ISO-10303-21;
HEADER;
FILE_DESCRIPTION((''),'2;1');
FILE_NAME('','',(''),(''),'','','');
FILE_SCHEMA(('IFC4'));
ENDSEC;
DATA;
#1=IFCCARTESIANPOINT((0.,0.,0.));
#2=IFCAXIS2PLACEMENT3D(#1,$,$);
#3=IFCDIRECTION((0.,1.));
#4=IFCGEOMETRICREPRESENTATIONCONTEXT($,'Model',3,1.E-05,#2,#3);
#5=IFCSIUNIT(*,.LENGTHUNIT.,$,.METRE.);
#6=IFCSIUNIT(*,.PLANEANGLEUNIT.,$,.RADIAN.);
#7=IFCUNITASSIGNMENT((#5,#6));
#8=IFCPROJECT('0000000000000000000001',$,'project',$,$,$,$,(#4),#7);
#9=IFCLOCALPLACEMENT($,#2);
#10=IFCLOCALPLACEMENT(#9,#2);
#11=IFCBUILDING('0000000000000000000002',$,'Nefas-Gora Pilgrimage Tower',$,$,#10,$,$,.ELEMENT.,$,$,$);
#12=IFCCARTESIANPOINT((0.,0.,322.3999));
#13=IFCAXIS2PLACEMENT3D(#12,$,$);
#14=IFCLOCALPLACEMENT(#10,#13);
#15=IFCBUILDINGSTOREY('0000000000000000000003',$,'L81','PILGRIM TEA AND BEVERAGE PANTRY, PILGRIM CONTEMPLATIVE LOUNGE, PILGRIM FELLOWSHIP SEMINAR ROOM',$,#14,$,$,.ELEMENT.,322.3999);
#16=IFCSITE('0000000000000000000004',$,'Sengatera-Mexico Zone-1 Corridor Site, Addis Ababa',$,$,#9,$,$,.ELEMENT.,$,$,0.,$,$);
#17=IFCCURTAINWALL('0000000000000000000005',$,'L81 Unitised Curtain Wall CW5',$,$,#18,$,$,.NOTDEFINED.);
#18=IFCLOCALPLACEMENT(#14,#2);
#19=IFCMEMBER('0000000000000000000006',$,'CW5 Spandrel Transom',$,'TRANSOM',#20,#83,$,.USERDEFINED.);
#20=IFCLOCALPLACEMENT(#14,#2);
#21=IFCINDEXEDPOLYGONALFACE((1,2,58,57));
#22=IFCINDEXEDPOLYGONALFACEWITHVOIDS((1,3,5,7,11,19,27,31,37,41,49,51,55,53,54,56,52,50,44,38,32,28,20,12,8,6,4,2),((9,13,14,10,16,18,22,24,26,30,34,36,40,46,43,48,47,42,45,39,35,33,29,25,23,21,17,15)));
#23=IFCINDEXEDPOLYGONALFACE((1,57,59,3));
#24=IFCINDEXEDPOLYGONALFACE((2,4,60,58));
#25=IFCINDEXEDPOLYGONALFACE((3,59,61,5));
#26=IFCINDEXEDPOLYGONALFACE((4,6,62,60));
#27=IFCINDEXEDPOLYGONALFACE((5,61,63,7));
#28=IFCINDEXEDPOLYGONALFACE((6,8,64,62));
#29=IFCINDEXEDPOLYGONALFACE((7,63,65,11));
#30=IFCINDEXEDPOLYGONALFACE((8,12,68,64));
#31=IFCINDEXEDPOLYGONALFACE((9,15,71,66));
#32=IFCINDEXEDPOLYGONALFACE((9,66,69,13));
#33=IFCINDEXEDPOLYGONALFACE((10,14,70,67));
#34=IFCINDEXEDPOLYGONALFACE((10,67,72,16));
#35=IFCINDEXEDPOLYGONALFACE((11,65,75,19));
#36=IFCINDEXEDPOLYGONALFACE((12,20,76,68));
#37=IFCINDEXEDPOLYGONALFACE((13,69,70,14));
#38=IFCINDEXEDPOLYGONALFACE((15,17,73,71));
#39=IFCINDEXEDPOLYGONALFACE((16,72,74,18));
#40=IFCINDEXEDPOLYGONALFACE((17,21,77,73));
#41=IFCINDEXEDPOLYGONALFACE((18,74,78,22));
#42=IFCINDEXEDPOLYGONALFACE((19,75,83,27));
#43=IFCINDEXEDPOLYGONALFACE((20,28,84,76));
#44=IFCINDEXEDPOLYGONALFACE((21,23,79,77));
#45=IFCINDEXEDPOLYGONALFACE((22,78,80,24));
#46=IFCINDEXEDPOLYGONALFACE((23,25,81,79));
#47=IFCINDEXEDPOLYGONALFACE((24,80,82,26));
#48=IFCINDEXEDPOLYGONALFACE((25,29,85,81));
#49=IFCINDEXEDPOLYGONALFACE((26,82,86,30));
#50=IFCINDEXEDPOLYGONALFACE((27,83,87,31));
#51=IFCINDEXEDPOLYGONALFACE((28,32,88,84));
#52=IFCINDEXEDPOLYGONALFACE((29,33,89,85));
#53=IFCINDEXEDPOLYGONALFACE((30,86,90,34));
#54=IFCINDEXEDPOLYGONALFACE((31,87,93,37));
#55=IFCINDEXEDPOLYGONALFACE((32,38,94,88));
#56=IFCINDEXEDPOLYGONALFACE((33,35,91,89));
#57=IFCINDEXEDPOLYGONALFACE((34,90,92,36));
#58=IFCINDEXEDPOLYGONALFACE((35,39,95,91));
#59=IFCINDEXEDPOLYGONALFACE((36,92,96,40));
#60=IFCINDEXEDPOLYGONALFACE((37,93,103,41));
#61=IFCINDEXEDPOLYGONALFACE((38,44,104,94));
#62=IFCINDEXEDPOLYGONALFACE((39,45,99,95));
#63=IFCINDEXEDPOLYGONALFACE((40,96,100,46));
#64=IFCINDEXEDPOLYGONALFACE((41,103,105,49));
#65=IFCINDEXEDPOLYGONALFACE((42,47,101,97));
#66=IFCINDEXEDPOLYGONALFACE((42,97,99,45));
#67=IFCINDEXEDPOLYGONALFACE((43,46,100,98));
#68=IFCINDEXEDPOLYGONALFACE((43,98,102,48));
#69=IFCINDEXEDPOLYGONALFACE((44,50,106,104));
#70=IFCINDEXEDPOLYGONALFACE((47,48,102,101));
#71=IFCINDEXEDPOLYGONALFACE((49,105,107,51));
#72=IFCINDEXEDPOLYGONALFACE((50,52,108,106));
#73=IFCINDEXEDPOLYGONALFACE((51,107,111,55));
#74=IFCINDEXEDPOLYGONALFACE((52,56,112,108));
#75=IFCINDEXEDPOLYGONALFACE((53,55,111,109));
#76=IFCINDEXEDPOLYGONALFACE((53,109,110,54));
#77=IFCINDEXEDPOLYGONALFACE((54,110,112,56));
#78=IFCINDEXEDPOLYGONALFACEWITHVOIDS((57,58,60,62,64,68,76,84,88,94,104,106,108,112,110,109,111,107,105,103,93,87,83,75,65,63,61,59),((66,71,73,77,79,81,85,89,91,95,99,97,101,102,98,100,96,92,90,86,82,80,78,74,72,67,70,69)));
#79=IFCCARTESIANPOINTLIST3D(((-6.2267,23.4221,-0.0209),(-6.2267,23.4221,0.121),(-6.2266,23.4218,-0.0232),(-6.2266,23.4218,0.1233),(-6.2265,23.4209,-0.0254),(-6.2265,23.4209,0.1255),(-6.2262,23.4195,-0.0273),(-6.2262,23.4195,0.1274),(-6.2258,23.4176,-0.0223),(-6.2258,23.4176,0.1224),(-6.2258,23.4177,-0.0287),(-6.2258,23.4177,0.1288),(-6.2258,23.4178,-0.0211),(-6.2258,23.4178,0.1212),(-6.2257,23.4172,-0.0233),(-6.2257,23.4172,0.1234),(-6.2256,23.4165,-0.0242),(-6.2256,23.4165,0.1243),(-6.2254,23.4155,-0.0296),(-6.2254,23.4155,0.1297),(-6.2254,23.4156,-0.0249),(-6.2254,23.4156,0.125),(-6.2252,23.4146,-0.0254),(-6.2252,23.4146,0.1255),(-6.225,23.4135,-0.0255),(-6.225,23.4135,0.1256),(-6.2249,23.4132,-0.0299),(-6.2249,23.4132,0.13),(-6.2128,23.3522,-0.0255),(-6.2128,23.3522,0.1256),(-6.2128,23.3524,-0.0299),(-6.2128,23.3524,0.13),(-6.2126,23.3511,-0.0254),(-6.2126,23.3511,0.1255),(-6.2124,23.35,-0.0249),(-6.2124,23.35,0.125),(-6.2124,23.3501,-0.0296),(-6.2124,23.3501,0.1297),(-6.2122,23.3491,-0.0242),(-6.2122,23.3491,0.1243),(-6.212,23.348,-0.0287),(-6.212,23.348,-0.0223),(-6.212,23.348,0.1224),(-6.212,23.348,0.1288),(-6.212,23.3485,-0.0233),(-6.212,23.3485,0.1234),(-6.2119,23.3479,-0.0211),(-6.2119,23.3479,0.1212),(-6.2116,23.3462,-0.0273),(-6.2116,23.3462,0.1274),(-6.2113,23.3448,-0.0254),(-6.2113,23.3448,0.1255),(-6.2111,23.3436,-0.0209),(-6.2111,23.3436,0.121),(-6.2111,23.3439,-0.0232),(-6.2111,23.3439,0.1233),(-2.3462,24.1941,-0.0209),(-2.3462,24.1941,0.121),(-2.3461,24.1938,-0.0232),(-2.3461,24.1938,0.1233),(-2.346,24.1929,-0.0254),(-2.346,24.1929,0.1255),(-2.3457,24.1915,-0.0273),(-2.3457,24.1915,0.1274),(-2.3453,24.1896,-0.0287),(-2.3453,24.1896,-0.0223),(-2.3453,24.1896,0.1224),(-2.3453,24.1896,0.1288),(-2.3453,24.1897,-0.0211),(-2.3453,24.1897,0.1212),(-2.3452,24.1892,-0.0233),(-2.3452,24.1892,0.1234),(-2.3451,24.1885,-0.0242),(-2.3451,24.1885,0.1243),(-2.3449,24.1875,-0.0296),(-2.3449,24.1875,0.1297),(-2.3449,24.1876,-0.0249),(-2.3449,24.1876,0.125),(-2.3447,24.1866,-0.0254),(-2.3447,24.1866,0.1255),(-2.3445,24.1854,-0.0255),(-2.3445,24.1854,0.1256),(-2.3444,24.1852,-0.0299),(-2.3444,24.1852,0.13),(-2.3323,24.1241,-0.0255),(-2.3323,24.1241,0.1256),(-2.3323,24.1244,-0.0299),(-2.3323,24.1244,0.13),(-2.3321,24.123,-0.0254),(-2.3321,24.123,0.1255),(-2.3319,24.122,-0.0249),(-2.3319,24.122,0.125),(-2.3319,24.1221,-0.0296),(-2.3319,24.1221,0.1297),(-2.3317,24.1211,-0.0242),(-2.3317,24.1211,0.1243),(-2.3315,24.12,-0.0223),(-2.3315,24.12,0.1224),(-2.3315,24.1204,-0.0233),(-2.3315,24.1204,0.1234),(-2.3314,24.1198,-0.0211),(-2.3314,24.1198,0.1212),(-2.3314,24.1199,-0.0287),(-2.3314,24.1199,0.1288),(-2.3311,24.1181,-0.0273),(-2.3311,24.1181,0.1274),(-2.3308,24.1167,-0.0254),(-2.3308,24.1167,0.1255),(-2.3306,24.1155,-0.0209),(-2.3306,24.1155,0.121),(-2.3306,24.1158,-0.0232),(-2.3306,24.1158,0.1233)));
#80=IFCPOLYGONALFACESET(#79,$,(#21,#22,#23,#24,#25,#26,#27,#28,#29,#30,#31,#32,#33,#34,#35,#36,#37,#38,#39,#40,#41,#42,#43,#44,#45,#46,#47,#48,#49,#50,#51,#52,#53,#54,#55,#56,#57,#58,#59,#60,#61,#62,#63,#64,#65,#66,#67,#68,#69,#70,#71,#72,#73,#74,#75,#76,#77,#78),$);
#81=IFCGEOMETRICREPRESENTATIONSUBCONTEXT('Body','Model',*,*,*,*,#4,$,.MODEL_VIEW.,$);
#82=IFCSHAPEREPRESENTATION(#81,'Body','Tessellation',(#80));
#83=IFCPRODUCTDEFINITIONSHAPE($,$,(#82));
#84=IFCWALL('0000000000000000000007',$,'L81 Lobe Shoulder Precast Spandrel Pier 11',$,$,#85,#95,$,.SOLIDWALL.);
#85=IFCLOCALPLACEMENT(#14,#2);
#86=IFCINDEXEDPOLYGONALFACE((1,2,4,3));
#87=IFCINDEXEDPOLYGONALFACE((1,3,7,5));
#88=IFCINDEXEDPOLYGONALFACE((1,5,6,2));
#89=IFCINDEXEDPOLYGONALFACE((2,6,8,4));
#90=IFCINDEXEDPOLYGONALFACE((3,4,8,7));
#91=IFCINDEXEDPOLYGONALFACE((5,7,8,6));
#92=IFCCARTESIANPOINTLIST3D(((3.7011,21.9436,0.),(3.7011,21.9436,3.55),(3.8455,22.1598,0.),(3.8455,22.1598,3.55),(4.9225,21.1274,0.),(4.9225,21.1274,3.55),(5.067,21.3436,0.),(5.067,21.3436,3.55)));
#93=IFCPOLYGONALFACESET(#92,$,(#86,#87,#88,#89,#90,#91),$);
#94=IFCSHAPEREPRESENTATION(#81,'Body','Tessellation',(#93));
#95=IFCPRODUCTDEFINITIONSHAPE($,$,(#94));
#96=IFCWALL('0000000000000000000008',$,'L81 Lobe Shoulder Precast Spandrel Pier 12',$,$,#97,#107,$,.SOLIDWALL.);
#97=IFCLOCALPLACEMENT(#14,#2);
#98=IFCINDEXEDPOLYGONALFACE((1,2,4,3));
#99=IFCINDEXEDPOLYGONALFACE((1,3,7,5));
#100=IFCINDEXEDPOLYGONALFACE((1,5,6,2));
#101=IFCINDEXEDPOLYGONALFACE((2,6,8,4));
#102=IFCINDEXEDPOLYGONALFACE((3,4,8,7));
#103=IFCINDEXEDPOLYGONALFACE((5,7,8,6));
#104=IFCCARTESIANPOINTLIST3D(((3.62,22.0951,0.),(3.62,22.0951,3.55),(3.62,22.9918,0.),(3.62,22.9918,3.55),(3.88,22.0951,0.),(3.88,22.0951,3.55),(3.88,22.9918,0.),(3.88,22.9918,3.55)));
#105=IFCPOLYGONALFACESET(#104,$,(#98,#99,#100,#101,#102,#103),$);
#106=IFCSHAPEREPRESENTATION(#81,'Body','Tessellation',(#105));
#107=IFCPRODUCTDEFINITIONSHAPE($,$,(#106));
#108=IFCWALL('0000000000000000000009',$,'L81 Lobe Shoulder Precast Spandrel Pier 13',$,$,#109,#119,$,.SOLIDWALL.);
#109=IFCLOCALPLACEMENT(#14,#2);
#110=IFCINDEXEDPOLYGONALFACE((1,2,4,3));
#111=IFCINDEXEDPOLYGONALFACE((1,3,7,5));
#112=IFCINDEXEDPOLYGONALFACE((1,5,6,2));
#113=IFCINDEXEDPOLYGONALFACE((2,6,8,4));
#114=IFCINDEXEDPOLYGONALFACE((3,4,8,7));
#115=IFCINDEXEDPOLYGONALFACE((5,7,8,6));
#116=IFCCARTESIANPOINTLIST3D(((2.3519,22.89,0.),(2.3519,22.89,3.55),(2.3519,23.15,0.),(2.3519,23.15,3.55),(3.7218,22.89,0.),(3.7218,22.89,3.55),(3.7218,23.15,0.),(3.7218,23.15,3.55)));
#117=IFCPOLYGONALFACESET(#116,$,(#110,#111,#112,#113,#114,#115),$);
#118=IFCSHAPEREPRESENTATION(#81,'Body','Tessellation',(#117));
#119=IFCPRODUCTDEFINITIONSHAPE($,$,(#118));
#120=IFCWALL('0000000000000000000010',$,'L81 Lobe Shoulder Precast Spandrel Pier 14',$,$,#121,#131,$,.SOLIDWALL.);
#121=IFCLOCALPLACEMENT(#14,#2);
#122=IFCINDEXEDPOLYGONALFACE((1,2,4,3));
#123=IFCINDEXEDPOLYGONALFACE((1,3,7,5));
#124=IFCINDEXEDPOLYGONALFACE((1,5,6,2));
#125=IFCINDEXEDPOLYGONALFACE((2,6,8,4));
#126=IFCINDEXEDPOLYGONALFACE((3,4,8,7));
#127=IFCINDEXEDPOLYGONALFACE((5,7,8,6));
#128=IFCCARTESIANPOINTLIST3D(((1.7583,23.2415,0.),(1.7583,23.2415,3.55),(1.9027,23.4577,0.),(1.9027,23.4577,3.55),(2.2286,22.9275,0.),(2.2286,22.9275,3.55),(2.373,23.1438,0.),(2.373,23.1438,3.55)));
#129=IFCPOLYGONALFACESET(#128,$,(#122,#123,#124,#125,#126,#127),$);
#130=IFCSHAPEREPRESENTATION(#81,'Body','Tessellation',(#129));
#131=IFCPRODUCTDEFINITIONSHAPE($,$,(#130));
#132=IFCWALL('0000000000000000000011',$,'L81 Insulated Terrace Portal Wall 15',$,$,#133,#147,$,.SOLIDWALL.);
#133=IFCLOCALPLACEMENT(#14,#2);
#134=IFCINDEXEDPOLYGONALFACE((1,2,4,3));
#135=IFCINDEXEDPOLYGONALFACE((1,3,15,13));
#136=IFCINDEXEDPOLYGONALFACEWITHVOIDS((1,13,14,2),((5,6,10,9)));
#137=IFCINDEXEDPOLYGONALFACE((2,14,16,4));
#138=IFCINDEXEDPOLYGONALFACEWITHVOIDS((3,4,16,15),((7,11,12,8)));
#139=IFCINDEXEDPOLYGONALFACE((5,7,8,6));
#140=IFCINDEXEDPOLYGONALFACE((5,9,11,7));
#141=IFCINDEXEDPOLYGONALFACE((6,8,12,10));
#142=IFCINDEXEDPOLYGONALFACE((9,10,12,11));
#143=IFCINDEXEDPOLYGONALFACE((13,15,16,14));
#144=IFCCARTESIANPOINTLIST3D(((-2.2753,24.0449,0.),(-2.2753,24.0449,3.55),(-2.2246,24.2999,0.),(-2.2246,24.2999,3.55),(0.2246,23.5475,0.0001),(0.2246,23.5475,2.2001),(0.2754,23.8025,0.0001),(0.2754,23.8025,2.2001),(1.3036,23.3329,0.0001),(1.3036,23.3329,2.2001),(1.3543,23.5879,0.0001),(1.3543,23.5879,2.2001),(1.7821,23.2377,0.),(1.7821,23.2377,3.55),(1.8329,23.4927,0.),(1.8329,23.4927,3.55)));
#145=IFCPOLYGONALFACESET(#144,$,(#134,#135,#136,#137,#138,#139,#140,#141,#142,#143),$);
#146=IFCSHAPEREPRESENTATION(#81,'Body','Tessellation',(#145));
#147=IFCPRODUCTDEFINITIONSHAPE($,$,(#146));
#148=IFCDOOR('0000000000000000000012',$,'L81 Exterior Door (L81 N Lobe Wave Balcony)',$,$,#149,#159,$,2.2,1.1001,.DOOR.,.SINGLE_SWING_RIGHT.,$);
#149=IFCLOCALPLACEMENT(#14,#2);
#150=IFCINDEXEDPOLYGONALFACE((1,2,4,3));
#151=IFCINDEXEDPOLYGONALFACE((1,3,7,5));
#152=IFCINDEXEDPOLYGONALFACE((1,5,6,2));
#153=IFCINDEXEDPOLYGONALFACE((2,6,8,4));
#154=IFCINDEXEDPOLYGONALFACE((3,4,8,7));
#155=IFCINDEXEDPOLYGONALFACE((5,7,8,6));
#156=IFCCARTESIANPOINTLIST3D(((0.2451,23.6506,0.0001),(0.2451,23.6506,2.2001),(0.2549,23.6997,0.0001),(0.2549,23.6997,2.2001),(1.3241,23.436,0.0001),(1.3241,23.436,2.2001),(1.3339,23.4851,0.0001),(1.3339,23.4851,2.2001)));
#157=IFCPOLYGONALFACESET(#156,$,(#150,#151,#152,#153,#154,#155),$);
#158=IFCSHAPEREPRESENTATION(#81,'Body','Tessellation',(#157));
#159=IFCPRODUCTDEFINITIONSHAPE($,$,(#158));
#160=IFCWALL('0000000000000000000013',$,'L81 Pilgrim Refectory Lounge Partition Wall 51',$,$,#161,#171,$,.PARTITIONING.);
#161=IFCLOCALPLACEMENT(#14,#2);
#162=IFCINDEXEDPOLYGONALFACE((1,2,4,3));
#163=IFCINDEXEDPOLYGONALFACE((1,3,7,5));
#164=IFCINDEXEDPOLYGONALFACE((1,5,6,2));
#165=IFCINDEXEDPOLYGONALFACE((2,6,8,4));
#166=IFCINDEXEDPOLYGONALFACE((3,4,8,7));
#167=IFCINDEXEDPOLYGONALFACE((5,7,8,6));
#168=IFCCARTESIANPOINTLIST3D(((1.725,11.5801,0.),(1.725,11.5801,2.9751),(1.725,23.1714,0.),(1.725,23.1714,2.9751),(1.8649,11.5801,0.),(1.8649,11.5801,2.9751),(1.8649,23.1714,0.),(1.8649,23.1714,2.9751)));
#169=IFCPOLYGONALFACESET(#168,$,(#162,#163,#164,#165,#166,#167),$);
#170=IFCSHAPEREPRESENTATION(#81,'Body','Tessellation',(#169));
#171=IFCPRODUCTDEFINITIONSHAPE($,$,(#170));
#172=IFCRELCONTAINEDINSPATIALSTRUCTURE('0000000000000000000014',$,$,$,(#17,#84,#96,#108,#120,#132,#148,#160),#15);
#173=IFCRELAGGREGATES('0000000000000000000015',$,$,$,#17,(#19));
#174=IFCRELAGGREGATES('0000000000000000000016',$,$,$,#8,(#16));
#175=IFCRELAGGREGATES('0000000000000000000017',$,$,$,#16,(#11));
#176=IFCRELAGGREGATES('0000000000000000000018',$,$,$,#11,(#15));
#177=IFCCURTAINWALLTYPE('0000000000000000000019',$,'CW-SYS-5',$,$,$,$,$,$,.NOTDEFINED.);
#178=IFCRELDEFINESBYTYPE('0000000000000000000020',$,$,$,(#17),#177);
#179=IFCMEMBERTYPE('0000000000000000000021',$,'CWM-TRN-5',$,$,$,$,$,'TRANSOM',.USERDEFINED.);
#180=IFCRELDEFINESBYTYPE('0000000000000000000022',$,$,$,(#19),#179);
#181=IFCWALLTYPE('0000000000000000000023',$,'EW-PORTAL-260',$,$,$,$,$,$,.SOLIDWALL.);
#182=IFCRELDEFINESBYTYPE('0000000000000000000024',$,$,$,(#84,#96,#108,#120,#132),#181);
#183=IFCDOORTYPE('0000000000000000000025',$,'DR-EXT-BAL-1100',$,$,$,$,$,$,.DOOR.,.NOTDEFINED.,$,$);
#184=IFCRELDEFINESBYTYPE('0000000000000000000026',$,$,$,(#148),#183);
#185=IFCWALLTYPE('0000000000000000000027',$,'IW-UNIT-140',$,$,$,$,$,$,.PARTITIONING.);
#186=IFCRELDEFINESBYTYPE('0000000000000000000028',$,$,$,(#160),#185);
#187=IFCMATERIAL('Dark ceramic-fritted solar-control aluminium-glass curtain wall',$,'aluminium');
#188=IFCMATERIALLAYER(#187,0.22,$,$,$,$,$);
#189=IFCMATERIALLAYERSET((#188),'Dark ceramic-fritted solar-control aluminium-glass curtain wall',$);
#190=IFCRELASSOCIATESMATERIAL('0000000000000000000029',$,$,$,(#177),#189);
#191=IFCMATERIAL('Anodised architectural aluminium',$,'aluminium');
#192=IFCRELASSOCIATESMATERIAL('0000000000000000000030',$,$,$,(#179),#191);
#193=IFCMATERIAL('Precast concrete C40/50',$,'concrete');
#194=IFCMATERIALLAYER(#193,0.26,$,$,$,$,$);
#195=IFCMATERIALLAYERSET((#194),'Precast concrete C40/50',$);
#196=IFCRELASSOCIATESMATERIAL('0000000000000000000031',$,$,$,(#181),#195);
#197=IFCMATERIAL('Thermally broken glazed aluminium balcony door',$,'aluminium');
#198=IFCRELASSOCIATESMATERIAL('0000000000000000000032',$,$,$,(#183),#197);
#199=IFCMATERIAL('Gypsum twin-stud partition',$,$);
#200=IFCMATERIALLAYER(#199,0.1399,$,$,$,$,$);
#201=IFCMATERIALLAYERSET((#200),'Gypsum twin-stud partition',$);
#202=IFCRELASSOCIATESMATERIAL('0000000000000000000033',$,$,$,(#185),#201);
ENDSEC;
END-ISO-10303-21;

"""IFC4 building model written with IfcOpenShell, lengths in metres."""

from ifc_helpers import new_model, si_unit, direction, frame, frame_2d, origin, origin_2d, place, context, subcontext, project, spatial, rectangle, hollow_rectangle, extrude, source, transform, mapped, material, layer, layer_set, material_profile, profile_set, type_object, element, fill, aggregate, save


model = new_model("IFC4")

# Units and contexts
model_context = context("Model", 3, precision=1e-05, world=origin(), true_north=direction((0.0, 1.0)))
body_context = subcontext(model_context, "Body", "Model", "MODEL_VIEW")
ifc_project = project(units=[si_unit("LENGTHUNIT", "METRE"), si_unit("PLANEANGLEUNIT", "RADIAN")], contexts=[model_context])

# Site, building, storey
site_placement = place(None, origin())
site = spatial("IfcSite", under=ifc_project, at=site_placement, Name="Sengatera-Mexico Zone-1 Corridor Site, Addis Ababa", CompositionType="ELEMENT", RefElevation=0.0)
building_placement = place(site_placement, origin())
building = spatial("IfcBuilding", under=site, at=building_placement, Name="Nefas-Gora Pilgrimage Tower", CompositionType="ELEMENT")
storey_placement = place(building_placement, frame((0.0, 0.0, 322.3999)))
storey = spatial("IfcBuildingStorey", under=building, at=storey_placement, Name="L81", Description="PILGRIM TEA AND BEVERAGE PANTRY, PILGRIM CONTEMPLATIVE LOUNGE, PILGRIM FELLOWSHIP SEMINAR ROOM", CompositionType="ELEMENT", Elevation=322.3999)

# Shared definitions
ifc_material_1 = material(Name="Dark ceramic-fritted solar-control aluminium-glass curtain wall", Category="aluminium")
ifc_layer_1 = layer(ifc_material_1, 0.22)
ifc_layer_set_1 = layer_set([ifc_layer_1], Name="Dark ceramic-fritted solar-control aluminium-glass curtain wall")
curtain_wall_type = type_object("IfcCurtainWallType", Name="CW-SYS-5", PredefinedType="NOTDEFINED", material=ifc_layer_set_1)
ifc_material_2 = material(Name="Anodised architectural aluminium", Category="aluminium")

# Curtain wall, member
curtain_wall_1_placement = place(storey_placement, origin())
curtain_wall_1 = element("IfcCurtainWall", 1, at=curtain_wall_1_placement, inside=storey, type_object=curtain_wall_type, Name="L81 Unitised Curtain Wall CW5", PredefinedType="NOTDEFINED")
ifc_material_profile_1 = material_profile(ifc_material_2, hollow_rectangle(XDim=0.0801, YDim=0.1599, WallThickness=0.0044, InnerFilletRadius=0.0044, OuterFilletRadius=0.009, at=origin_2d()), Name="ALU TRANSOM 80x160")
ifc_profile_set_1 = profile_set([ifc_material_profile_1], Name="Anodised architectural aluminium")
member_type_1 = type_object("IfcMemberType", Name="CWM-TRN-5", ElementType="TRANSOM", PredefinedType="USERDEFINED", material=ifc_profile_set_1)
shared_shape_1 = source(origin(), body_context, "Body", "SweptSolid", [
    extrude(hollow_rectangle(XDim=0.0801, YDim=0.1599, WallThickness=0.0044, InnerFilletRadius=0.0044, OuterFilletRadius=0.009, at=origin_2d()), origin(), (0.0, 0.0, 1.0), 3.9565),
])
member_1_placement = place(storey_placement, frame((-2.3384, 24.1548, 0.05), z_axis=(-0.980782, -0.195107, 0.0), x_axis=(0.195107, -0.980782, 0.0)))
member_1 = element("IfcMember", 2, at=member_1_placement, type_object=member_type_1, Name="CW5 Spandrel Transom", ObjectType="TRANSOM", PredefinedType="USERDEFINED", context=body_context, shape_type="MappedRepresentation", body=[
    mapped(shared_shape_1, transform((0.0, 0.0, 0.0), x_axis=(1.0, 0.0, 0.0), y_axis=(0.0, 1.0, 0.0), z_axis=(0.0, 0.0, 1.0), scale=1.0)),
])
aggregate(curtain_wall_1, [member_1])

# Walls
ifc_material_3 = material(Name="Precast concrete C40/50", Category="concrete")
ifc_layer_2 = layer(ifc_material_3, 0.26)
ifc_layer_set_2 = layer_set([ifc_layer_2], Name="Precast concrete C40/50")
wall_type_1 = type_object("IfcWallType", Name="EW-PORTAL-260", PredefinedType="SOLIDWALL", material=ifc_layer_set_2)
shared_shape_2 = source(origin(), body_context, "Body", "SweptSolid", [
    extrude(rectangle(XDim=1.469, YDim=0.26, at=frame_2d((0.7344, 0.0))), origin(), (0.0, 0.0, 1.0), 3.55),
])
wall_1_placement = place(storey_placement, frame((4.9946, 21.2356, 0.0), z_axis=(0.0, 0.0, 1.0), x_axis=(-0.831462, 0.555582, 0.0)))
element("IfcWall", 3, at=wall_1_placement, inside=storey, type_object=wall_type_1, Name="L81 Lobe Shoulder Precast Spandrel Pier 11", PredefinedType="SOLIDWALL", context=body_context, shape_type="MappedRepresentation", body=[
    mapped(shared_shape_2, transform((0.0, 0.0, 0.0), x_axis=(1.0, 0.0, 0.0), y_axis=(0.0, 1.0, 0.0), z_axis=(0.0, 0.0, 1.0), scale=1.0)),
])
shared_shape_3 = source(origin(), body_context, "Body", "SweptSolid", [
    extrude(rectangle(XDim=0.8967, YDim=0.26, at=frame_2d((0.4482, 0.0))), origin(), (0.0, 0.0, 1.0), 3.55),
])
wall_2_placement = place(storey_placement, frame((3.75, 22.0952, 0.0), z_axis=(0.0, 0.0, 1.0), x_axis=(0.0, 1.0, 0.0)))
element("IfcWall", 4, at=wall_2_placement, inside=storey, type_object=wall_type_1, Name="L81 Lobe Shoulder Precast Spandrel Pier 12", PredefinedType="SOLIDWALL", context=body_context, shape_type="MappedRepresentation", body=[
    mapped(shared_shape_3, transform((0.0, 0.0, 0.0), x_axis=(1.0, 0.0, 0.0), y_axis=(0.0, 1.0, 0.0), z_axis=(0.0, 0.0, 1.0), scale=1.0)),
])
shared_shape_4 = source(origin(), body_context, "Body", "SweptSolid", [
    extrude(rectangle(XDim=1.3699, YDim=0.26, at=frame_2d((0.6851, 0.0))), origin(), (0.0, 0.0, 1.0), 3.55),
])
wall_3_placement = place(storey_placement, frame((3.7219, 23.02, 0.0), z_axis=(0.0, 0.0, 1.0), x_axis=(-1.0, 0.0, 0.0)))
element("IfcWall", 5, at=wall_3_placement, inside=storey, type_object=wall_type_1, Name="L81 Lobe Shoulder Precast Spandrel Pier 13", PredefinedType="SOLIDWALL", context=body_context, shape_type="MappedRepresentation", body=[
    mapped(shared_shape_4, transform((0.0, 0.0, 0.0), x_axis=(1.0, 0.0, 0.0), y_axis=(0.0, 1.0, 0.0), z_axis=(0.0, 0.0, 1.0), scale=1.0)),
])
shared_shape_5 = source(origin(), body_context, "Body", "SweptSolid", [
    extrude(rectangle(XDim=0.5654, YDim=0.26, at=frame_2d((0.2827, 0.0))), origin(), (0.0, 0.0, 1.0), 3.55),
])
wall_4_placement = place(storey_placement, frame((2.3008, 23.0356, 0.0), z_axis=(0.0, 0.0, 1.0), x_axis=(-0.831651, 0.555298, 0.0)))
element("IfcWall", 6, at=wall_4_placement, inside=storey, type_object=wall_type_1, Name="L81 Lobe Shoulder Precast Spandrel Pier 14", PredefinedType="SOLIDWALL", context=body_context, shape_type="MappedRepresentation", body=[
    mapped(shared_shape_5, transform((0.0, 0.0, 0.0), x_axis=(1.0, 0.0, 0.0), y_axis=(0.0, 1.0, 0.0), z_axis=(0.0, 0.0, 1.0), scale=1.0)),
])

# Wall, opening, door
shared_shape_6 = source(origin(), body_context, "Body", "SweptSolid", [
    extrude(rectangle(XDim=4.137, YDim=0.26, at=frame_2d((2.0684, 0.0))), origin(), (0.0, 0.0, 1.0), 3.55),
])
wall_5_placement = place(storey_placement, frame((1.8074, 23.3652, 0.0), z_axis=(0.0, 0.0, 1.0), x_axis=(-0.980782, 0.195106, 0.0)))
wall_5 = element("IfcWall", 7, at=wall_5_placement, inside=storey, type_object=wall_type_1, Name="L81 Insulated Terrace Portal Wall 15", PredefinedType="SOLIDWALL", context=body_context, shape_type="MappedRepresentation", body=[
    mapped(shared_shape_6, transform((0.0, 0.0, 0.0), x_axis=(1.0, 0.0, 0.0), y_axis=(0.0, 1.0, 0.0), z_axis=(0.0, 0.0, 1.0), scale=1.0)),
])
opening_1_placement = place(wall_5_placement, frame((0.4878, 0.0, 0.0)))
opening_1 = element("IfcOpeningElement", 8, at=opening_1_placement, cuts=wall_5, PredefinedType="OPENING", context=body_context, shape_type="SweptSolid", body=[
    extrude(rectangle(XDim=1.1001, YDim=2.2, at=frame_2d((0.55, 1.1001))), frame((0.0, 0.1399, 0.0), z_axis=(0.0, -1.0, 0.0), x_axis=(1.0, 0.0, 0.0)), (0.0, 0.0, 1.0), 0.28),
])
ifc_material_4 = material(Name="Thermally broken glazed aluminium balcony door", Category="aluminium")
door_type_1 = type_object("IfcDoorType", Name="DR-EXT-BAL-1100", OperationType="NOTDEFINED", PredefinedType="DOOR", material=ifc_material_4)
shared_shape_7 = source(origin(), body_context, "Body", "SweptSolid", [
    extrude(rectangle(XDim=1.1001, YDim=2.2, at=frame_2d((0.55, 1.1001))), frame((0.0, 0.0249, 0.0), z_axis=(0.0, -1.0, 0.0), x_axis=(1.0, 0.0, 0.0)), (0.0, 0.0, 1.0), 0.05),
])
door_1_placement = place(opening_1_placement, origin())
door_1 = element("IfcDoor", 9, at=door_1_placement, inside=storey, type_object=door_type_1, Name="L81 Exterior Door (L81 N Lobe Wave Balcony)", OperationType="SINGLE_SWING_RIGHT", OverallHeight=2.2, OverallWidth=1.1001, PredefinedType="DOOR", context=body_context, shape_type="MappedRepresentation", body=[
    mapped(shared_shape_7, transform((0.0, 0.0, 0.0), x_axis=(1.0, 0.0, 0.0), y_axis=(0.0, 1.0, 0.0), z_axis=(0.0, 0.0, 1.0), scale=1.0)),
])
fill(opening_1, door_1)

# Wall
ifc_material_5 = material(Name="Gypsum twin-stud partition")
ifc_layer_3 = layer(ifc_material_5, 0.1399)
ifc_layer_set_3 = layer_set([ifc_layer_3], Name="Gypsum twin-stud partition")
wall_type_2 = type_object("IfcWallType", Name="IW-UNIT-140", PredefinedType="PARTITIONING", material=ifc_layer_set_3)
shared_shape_8 = source(origin(), body_context, "Body", "SweptSolid", [
    extrude(rectangle(XDim=11.5913, YDim=0.1399, at=frame_2d((5.7957, 0.0))), origin(), (0.0, 0.0, 1.0), 2.9751),
])
wall_6_placement = place(storey_placement, frame((1.7949, 11.5801, 0.0), z_axis=(0.0, 0.0, 1.0), x_axis=(0.0, 1.0, 0.0)))
element("IfcWall", 10, at=wall_6_placement, inside=storey, type_object=wall_type_2, Name="L81 Pilgrim Refectory Lounge Partition Wall 51", PredefinedType="PARTITIONING", context=body_context, shape_type="MappedRepresentation", body=[
    mapped(shared_shape_8, transform((0.0, 0.0, 0.0), x_axis=(1.0, 0.0, 0.0), y_axis=(0.0, 1.0, 0.0), z_axis=(0.0, 0.0, 1.0), scale=1.0)),
])

save(model, "model.ifc")
